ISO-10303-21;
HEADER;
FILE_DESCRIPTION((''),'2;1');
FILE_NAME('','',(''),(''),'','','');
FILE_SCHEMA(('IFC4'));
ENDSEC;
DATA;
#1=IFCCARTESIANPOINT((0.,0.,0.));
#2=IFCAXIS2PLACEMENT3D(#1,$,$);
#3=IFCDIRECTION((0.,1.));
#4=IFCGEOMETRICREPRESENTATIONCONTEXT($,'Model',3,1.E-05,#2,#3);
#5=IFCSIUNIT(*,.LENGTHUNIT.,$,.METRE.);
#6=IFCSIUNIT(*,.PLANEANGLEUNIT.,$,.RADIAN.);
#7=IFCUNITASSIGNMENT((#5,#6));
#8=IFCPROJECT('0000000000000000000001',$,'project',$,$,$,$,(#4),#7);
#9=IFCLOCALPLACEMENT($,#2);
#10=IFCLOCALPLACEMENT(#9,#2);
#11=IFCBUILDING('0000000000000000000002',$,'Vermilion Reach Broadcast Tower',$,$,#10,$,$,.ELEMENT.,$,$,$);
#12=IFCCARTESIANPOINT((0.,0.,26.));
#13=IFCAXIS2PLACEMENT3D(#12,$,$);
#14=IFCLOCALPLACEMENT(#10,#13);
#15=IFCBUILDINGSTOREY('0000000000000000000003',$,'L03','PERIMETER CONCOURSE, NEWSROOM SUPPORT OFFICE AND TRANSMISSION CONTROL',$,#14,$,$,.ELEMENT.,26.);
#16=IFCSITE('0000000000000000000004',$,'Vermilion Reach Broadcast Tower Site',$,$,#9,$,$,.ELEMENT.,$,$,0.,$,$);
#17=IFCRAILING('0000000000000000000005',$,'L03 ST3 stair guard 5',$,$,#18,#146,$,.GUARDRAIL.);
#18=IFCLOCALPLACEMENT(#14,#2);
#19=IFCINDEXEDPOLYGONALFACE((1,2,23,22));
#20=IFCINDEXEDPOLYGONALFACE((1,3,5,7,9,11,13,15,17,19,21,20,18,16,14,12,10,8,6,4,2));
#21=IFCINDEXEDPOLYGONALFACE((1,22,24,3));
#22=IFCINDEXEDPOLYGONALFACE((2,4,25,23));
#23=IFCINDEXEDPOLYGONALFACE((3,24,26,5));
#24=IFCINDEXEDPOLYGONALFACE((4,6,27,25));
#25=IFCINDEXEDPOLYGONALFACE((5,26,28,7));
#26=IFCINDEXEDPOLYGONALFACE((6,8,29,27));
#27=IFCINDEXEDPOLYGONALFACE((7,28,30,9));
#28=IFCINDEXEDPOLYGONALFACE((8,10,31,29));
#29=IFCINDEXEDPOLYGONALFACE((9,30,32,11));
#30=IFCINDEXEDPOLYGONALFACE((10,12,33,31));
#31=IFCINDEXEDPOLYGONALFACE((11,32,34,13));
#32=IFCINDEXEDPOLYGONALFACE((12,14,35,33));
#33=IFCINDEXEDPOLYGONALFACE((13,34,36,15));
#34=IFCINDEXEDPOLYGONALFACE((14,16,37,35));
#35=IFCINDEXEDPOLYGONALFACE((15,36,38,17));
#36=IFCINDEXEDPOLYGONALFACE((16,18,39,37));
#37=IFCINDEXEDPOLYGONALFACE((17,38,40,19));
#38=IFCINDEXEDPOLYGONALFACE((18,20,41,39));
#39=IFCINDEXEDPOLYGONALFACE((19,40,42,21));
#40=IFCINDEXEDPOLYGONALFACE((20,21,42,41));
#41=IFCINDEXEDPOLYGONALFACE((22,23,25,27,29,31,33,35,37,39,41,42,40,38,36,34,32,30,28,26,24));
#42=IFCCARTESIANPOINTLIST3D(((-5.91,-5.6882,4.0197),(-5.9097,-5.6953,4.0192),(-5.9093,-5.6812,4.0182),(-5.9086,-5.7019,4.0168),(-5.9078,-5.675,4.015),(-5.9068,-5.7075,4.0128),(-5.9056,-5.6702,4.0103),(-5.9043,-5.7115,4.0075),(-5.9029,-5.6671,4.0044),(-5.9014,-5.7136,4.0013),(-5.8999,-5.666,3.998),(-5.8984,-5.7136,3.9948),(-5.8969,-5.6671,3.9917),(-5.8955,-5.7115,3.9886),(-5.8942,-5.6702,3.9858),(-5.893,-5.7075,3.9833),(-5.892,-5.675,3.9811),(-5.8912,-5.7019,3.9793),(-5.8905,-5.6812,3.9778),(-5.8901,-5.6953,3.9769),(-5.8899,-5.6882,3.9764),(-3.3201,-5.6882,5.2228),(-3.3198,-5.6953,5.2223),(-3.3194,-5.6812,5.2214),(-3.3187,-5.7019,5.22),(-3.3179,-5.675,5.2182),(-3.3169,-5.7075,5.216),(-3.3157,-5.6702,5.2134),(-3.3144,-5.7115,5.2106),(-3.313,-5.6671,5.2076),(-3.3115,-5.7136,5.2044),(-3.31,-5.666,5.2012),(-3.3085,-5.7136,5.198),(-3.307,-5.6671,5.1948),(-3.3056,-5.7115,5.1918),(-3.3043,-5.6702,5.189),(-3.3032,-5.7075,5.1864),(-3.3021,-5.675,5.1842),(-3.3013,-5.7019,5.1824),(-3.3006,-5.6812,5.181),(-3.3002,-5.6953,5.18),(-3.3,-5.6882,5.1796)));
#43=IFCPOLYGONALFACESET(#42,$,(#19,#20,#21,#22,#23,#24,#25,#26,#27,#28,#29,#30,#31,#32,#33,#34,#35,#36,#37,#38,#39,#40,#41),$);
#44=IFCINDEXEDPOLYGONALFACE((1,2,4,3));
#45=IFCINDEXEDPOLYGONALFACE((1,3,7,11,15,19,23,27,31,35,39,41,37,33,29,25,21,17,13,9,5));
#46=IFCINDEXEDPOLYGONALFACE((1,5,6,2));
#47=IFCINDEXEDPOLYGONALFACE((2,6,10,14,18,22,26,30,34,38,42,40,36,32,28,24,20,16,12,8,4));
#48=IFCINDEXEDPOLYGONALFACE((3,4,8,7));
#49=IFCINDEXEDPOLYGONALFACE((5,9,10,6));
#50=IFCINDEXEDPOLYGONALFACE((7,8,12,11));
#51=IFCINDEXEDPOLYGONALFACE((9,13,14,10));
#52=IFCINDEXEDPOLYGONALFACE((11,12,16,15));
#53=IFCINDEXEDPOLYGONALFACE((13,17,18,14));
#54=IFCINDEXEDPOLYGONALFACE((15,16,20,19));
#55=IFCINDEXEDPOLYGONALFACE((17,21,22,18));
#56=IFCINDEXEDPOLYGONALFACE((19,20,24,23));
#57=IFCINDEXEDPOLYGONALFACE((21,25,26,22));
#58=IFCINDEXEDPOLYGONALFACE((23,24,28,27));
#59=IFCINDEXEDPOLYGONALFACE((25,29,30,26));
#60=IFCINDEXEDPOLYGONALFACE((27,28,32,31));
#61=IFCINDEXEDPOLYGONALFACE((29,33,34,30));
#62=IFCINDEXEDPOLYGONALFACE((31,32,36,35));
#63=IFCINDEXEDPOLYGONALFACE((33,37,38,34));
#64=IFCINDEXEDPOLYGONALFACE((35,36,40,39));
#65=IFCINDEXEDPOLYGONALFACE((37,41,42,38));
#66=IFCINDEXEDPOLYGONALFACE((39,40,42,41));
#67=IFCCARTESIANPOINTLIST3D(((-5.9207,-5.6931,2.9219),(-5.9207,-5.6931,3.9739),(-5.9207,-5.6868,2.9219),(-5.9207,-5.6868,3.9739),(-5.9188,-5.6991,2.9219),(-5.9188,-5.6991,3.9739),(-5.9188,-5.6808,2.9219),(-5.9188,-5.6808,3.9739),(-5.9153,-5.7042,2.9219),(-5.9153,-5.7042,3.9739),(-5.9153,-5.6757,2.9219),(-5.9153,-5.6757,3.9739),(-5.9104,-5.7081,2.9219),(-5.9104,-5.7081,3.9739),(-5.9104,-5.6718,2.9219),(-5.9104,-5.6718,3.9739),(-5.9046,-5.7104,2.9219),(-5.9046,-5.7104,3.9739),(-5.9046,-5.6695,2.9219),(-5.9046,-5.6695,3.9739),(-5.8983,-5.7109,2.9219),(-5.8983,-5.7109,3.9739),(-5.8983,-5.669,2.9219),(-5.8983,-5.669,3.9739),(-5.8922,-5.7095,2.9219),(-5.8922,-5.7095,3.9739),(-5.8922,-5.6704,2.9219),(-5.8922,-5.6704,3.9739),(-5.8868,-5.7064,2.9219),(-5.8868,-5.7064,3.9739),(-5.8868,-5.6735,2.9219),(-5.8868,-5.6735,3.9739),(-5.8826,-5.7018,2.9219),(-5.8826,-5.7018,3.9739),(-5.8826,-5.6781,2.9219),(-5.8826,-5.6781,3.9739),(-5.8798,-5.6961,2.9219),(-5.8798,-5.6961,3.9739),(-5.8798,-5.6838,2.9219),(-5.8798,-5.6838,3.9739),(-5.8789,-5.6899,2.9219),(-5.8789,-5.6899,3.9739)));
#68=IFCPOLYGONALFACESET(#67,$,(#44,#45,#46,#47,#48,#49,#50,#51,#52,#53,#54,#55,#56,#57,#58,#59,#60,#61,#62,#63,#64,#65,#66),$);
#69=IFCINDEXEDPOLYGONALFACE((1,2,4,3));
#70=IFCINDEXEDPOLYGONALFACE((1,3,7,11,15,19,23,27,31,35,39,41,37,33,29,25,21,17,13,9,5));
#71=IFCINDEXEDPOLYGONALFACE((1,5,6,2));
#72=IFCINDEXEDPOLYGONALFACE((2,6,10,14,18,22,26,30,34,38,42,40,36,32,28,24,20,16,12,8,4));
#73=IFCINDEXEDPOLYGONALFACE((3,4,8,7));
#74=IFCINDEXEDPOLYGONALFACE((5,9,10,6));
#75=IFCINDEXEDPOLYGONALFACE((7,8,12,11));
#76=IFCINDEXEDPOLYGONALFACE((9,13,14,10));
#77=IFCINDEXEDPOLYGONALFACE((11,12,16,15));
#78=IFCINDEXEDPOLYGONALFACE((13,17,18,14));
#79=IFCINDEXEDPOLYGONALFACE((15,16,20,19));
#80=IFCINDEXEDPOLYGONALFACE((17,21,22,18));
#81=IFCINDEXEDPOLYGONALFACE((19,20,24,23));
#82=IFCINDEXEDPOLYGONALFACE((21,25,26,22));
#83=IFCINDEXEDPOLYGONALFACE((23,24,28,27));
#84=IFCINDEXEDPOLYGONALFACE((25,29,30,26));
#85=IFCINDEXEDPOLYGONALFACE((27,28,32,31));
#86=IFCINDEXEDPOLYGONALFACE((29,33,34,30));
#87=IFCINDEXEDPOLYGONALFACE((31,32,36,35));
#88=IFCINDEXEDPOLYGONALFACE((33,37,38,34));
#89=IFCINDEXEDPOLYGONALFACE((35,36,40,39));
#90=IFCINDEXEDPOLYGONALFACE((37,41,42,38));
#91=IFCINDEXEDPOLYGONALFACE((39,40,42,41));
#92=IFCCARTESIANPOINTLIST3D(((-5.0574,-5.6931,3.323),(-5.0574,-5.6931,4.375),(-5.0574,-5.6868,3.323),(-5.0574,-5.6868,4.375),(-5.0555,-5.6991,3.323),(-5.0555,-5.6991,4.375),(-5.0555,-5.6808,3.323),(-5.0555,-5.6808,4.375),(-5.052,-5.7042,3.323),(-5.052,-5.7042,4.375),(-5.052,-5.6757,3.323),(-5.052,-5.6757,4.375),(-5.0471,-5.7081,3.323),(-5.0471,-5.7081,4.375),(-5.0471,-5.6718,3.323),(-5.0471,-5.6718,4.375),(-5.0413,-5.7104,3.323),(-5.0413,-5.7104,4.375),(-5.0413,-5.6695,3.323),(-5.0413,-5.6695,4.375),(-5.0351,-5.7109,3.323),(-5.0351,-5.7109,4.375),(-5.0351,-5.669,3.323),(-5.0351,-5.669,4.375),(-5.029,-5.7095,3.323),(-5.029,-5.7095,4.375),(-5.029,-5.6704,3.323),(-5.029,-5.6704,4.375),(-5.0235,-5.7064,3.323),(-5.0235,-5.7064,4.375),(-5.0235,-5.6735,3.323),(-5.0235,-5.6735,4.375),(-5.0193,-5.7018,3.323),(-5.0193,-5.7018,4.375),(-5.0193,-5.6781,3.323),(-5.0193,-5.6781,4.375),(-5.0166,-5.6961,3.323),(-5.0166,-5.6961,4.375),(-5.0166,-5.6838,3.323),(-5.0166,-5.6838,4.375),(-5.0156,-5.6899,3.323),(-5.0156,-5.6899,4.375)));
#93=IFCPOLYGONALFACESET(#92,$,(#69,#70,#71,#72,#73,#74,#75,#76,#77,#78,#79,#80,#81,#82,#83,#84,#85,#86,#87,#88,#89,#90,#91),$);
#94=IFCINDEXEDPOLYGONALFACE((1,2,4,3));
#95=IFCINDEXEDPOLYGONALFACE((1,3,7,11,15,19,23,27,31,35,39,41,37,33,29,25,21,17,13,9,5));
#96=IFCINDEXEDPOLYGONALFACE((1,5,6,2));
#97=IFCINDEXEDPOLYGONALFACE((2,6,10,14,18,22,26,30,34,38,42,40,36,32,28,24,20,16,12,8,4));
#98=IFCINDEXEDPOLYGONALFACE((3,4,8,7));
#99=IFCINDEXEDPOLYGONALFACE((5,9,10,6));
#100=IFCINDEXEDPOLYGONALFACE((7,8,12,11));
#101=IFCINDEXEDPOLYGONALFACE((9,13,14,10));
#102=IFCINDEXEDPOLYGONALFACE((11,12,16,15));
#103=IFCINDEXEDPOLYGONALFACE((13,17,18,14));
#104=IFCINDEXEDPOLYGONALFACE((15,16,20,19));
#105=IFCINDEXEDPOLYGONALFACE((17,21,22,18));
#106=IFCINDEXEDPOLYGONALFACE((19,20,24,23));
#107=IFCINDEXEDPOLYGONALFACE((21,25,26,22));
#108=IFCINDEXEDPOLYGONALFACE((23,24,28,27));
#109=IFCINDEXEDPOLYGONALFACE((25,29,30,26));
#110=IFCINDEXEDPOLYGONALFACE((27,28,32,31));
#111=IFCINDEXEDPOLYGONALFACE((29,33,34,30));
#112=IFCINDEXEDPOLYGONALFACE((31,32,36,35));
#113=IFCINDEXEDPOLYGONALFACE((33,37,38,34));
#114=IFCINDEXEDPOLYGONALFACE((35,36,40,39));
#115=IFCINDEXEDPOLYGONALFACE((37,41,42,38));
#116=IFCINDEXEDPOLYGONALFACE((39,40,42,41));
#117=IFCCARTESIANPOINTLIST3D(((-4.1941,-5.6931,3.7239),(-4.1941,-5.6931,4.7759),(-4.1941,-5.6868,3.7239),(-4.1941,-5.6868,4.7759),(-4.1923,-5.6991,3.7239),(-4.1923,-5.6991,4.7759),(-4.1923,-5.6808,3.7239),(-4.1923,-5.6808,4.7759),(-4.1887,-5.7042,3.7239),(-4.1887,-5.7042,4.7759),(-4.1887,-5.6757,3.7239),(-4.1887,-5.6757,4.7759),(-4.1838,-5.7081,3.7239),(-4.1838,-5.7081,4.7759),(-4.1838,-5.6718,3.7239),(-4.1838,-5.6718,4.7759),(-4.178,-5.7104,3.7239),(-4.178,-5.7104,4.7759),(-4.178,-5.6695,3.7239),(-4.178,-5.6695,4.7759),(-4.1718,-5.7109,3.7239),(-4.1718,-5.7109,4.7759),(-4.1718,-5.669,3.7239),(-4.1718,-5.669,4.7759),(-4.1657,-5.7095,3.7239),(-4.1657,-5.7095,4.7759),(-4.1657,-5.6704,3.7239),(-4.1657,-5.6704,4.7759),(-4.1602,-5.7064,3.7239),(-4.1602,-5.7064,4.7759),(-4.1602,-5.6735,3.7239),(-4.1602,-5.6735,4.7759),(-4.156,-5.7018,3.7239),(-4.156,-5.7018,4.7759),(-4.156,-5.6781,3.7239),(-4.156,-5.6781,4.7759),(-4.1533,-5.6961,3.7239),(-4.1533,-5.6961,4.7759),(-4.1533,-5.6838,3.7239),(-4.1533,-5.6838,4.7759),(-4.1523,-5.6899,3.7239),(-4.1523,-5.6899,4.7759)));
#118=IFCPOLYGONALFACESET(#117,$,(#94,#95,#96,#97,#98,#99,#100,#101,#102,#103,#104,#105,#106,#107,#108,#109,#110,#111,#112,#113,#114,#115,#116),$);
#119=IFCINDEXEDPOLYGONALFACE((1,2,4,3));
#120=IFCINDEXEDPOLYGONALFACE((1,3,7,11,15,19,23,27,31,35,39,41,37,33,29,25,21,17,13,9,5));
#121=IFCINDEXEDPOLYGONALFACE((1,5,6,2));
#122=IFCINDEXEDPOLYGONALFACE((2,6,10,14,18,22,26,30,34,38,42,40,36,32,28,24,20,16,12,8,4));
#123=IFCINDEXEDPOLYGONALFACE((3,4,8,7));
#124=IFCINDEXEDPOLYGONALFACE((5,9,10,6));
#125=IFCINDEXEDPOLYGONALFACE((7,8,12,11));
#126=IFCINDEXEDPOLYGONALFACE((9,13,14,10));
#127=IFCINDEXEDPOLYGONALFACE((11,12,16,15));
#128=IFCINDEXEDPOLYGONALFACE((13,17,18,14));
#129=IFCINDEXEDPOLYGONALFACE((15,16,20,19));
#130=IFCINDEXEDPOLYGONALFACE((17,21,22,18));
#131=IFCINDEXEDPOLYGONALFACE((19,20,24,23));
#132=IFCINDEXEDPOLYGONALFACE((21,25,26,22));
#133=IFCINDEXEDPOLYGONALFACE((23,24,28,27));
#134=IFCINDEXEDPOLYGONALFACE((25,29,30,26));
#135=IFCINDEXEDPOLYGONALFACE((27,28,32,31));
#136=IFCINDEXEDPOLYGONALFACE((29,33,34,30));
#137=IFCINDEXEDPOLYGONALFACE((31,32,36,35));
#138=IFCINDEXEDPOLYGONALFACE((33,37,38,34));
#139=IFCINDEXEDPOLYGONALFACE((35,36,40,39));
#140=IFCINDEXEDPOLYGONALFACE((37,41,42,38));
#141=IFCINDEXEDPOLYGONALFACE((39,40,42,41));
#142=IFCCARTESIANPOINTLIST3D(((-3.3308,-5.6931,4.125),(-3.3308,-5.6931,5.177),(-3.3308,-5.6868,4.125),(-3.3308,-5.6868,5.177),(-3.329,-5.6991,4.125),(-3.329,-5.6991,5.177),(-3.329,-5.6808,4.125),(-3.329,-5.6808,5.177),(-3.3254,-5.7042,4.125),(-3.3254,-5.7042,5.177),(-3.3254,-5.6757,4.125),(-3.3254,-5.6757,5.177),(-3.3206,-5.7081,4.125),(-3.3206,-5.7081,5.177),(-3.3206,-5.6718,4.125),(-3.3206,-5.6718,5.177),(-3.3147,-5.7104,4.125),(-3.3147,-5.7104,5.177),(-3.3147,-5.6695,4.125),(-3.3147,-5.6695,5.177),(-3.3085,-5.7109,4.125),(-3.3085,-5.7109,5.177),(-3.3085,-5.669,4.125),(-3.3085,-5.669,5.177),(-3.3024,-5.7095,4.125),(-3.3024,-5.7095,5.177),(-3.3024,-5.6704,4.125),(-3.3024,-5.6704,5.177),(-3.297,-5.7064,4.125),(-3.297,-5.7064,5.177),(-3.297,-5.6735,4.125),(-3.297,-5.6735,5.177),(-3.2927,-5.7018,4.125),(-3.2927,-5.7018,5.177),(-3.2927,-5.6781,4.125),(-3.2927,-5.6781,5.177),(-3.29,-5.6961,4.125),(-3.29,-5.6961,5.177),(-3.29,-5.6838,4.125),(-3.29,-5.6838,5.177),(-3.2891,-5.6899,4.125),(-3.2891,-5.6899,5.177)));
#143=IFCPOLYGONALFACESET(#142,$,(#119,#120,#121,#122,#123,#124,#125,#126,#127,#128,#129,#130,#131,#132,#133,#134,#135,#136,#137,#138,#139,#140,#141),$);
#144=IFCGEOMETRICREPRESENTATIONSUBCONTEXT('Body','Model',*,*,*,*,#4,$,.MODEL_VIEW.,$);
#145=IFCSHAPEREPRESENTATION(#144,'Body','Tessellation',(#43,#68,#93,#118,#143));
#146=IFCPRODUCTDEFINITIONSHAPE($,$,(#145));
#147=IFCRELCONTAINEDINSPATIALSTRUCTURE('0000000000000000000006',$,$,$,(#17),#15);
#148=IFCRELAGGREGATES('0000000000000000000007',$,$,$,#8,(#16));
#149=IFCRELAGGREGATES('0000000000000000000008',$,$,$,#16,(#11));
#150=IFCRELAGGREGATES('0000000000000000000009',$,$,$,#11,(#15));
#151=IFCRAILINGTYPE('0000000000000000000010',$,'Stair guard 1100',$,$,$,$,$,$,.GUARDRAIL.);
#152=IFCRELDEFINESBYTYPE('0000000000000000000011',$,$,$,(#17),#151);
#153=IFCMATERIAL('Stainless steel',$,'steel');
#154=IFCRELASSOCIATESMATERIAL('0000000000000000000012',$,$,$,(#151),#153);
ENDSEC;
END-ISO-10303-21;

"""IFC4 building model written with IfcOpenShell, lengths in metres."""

from ifc_helpers import new_model, si_unit, direction, frame, origin, origin_2d, place, context, subcontext, project, spatial, circle, extrude, material, type_object, element, save


model = new_model("IFC4")

# Units and contexts
model_context = context("Model", 3, precision=1e-05, world=origin(), true_north=direction((0.0, 1.0)))
body_context = subcontext(model_context, "Body", "Model", "MODEL_VIEW")
ifc_project = project(units=[si_unit("LENGTHUNIT", "METRE"), si_unit("PLANEANGLEUNIT", "RADIAN")], contexts=[model_context])

# Site, building, storey
site_placement = place(None, origin())
site = spatial("IfcSite", under=ifc_project, at=site_placement, Name="Vermilion Reach Broadcast Tower Site", CompositionType="ELEMENT", RefElevation=0.0)
building_placement = place(site_placement, origin())
building = spatial("IfcBuilding", under=site, at=building_placement, Name="Vermilion Reach Broadcast Tower", CompositionType="ELEMENT")
storey_placement = place(building_placement, frame((0.0, 0.0, 26.0)))
storey = spatial("IfcBuildingStorey", under=building, at=storey_placement, Name="L03", Description="PERIMETER CONCOURSE, NEWSROOM SUPPORT OFFICE AND TRANSMISSION CONTROL", CompositionType="ELEMENT", Elevation=26.0)

# Railing
ifc_material_1 = material(Name="Stainless steel", Category="steel")
railing_type_1 = type_object("IfcRailingType", Name="Stair guard 1100", PredefinedType="GUARDRAIL", material=ifc_material_1)
railing_1_placement = place(storey_placement, frame((-5.8999, -5.6899, 2.9219)))
element("IfcRailing", 1, at=railing_1_placement, inside=storey, type_object=railing_type_1, Name="L03 ST3 stair guard 5", PredefinedType="GUARDRAIL", context=body_context, shape_type="SweptSolid", body=[
    extrude(circle(Radius=0.0239, at=origin_2d()), frame((0.0, 0.0, 1.0762), z_axis=(0.906916, 0.0, 0.421312), x_axis=(0.0, 1.0, 0.0)), (0.0, 0.0, 1.0), 2.8557),
    extrude(circle(Radius=0.021, at=origin_2d()), origin(), (0.0, 0.0, 1.0), 1.052),
    extrude(circle(Radius=0.021, at=origin_2d()), frame((0.8633, 0.0, 0.4011)), (0.0, 0.0, 1.0), 1.052),
    extrude(circle(Radius=0.021, at=origin_2d()), frame((1.7266, 0.0, 0.802)), (0.0, 0.0, 1.0), 1.052),
    extrude(circle(Radius=0.021, at=origin_2d()), frame((2.5898, 0.0, 1.2031)), (0.0, 0.0, 1.0), 1.052),
])

save(model, "model.ifc")
